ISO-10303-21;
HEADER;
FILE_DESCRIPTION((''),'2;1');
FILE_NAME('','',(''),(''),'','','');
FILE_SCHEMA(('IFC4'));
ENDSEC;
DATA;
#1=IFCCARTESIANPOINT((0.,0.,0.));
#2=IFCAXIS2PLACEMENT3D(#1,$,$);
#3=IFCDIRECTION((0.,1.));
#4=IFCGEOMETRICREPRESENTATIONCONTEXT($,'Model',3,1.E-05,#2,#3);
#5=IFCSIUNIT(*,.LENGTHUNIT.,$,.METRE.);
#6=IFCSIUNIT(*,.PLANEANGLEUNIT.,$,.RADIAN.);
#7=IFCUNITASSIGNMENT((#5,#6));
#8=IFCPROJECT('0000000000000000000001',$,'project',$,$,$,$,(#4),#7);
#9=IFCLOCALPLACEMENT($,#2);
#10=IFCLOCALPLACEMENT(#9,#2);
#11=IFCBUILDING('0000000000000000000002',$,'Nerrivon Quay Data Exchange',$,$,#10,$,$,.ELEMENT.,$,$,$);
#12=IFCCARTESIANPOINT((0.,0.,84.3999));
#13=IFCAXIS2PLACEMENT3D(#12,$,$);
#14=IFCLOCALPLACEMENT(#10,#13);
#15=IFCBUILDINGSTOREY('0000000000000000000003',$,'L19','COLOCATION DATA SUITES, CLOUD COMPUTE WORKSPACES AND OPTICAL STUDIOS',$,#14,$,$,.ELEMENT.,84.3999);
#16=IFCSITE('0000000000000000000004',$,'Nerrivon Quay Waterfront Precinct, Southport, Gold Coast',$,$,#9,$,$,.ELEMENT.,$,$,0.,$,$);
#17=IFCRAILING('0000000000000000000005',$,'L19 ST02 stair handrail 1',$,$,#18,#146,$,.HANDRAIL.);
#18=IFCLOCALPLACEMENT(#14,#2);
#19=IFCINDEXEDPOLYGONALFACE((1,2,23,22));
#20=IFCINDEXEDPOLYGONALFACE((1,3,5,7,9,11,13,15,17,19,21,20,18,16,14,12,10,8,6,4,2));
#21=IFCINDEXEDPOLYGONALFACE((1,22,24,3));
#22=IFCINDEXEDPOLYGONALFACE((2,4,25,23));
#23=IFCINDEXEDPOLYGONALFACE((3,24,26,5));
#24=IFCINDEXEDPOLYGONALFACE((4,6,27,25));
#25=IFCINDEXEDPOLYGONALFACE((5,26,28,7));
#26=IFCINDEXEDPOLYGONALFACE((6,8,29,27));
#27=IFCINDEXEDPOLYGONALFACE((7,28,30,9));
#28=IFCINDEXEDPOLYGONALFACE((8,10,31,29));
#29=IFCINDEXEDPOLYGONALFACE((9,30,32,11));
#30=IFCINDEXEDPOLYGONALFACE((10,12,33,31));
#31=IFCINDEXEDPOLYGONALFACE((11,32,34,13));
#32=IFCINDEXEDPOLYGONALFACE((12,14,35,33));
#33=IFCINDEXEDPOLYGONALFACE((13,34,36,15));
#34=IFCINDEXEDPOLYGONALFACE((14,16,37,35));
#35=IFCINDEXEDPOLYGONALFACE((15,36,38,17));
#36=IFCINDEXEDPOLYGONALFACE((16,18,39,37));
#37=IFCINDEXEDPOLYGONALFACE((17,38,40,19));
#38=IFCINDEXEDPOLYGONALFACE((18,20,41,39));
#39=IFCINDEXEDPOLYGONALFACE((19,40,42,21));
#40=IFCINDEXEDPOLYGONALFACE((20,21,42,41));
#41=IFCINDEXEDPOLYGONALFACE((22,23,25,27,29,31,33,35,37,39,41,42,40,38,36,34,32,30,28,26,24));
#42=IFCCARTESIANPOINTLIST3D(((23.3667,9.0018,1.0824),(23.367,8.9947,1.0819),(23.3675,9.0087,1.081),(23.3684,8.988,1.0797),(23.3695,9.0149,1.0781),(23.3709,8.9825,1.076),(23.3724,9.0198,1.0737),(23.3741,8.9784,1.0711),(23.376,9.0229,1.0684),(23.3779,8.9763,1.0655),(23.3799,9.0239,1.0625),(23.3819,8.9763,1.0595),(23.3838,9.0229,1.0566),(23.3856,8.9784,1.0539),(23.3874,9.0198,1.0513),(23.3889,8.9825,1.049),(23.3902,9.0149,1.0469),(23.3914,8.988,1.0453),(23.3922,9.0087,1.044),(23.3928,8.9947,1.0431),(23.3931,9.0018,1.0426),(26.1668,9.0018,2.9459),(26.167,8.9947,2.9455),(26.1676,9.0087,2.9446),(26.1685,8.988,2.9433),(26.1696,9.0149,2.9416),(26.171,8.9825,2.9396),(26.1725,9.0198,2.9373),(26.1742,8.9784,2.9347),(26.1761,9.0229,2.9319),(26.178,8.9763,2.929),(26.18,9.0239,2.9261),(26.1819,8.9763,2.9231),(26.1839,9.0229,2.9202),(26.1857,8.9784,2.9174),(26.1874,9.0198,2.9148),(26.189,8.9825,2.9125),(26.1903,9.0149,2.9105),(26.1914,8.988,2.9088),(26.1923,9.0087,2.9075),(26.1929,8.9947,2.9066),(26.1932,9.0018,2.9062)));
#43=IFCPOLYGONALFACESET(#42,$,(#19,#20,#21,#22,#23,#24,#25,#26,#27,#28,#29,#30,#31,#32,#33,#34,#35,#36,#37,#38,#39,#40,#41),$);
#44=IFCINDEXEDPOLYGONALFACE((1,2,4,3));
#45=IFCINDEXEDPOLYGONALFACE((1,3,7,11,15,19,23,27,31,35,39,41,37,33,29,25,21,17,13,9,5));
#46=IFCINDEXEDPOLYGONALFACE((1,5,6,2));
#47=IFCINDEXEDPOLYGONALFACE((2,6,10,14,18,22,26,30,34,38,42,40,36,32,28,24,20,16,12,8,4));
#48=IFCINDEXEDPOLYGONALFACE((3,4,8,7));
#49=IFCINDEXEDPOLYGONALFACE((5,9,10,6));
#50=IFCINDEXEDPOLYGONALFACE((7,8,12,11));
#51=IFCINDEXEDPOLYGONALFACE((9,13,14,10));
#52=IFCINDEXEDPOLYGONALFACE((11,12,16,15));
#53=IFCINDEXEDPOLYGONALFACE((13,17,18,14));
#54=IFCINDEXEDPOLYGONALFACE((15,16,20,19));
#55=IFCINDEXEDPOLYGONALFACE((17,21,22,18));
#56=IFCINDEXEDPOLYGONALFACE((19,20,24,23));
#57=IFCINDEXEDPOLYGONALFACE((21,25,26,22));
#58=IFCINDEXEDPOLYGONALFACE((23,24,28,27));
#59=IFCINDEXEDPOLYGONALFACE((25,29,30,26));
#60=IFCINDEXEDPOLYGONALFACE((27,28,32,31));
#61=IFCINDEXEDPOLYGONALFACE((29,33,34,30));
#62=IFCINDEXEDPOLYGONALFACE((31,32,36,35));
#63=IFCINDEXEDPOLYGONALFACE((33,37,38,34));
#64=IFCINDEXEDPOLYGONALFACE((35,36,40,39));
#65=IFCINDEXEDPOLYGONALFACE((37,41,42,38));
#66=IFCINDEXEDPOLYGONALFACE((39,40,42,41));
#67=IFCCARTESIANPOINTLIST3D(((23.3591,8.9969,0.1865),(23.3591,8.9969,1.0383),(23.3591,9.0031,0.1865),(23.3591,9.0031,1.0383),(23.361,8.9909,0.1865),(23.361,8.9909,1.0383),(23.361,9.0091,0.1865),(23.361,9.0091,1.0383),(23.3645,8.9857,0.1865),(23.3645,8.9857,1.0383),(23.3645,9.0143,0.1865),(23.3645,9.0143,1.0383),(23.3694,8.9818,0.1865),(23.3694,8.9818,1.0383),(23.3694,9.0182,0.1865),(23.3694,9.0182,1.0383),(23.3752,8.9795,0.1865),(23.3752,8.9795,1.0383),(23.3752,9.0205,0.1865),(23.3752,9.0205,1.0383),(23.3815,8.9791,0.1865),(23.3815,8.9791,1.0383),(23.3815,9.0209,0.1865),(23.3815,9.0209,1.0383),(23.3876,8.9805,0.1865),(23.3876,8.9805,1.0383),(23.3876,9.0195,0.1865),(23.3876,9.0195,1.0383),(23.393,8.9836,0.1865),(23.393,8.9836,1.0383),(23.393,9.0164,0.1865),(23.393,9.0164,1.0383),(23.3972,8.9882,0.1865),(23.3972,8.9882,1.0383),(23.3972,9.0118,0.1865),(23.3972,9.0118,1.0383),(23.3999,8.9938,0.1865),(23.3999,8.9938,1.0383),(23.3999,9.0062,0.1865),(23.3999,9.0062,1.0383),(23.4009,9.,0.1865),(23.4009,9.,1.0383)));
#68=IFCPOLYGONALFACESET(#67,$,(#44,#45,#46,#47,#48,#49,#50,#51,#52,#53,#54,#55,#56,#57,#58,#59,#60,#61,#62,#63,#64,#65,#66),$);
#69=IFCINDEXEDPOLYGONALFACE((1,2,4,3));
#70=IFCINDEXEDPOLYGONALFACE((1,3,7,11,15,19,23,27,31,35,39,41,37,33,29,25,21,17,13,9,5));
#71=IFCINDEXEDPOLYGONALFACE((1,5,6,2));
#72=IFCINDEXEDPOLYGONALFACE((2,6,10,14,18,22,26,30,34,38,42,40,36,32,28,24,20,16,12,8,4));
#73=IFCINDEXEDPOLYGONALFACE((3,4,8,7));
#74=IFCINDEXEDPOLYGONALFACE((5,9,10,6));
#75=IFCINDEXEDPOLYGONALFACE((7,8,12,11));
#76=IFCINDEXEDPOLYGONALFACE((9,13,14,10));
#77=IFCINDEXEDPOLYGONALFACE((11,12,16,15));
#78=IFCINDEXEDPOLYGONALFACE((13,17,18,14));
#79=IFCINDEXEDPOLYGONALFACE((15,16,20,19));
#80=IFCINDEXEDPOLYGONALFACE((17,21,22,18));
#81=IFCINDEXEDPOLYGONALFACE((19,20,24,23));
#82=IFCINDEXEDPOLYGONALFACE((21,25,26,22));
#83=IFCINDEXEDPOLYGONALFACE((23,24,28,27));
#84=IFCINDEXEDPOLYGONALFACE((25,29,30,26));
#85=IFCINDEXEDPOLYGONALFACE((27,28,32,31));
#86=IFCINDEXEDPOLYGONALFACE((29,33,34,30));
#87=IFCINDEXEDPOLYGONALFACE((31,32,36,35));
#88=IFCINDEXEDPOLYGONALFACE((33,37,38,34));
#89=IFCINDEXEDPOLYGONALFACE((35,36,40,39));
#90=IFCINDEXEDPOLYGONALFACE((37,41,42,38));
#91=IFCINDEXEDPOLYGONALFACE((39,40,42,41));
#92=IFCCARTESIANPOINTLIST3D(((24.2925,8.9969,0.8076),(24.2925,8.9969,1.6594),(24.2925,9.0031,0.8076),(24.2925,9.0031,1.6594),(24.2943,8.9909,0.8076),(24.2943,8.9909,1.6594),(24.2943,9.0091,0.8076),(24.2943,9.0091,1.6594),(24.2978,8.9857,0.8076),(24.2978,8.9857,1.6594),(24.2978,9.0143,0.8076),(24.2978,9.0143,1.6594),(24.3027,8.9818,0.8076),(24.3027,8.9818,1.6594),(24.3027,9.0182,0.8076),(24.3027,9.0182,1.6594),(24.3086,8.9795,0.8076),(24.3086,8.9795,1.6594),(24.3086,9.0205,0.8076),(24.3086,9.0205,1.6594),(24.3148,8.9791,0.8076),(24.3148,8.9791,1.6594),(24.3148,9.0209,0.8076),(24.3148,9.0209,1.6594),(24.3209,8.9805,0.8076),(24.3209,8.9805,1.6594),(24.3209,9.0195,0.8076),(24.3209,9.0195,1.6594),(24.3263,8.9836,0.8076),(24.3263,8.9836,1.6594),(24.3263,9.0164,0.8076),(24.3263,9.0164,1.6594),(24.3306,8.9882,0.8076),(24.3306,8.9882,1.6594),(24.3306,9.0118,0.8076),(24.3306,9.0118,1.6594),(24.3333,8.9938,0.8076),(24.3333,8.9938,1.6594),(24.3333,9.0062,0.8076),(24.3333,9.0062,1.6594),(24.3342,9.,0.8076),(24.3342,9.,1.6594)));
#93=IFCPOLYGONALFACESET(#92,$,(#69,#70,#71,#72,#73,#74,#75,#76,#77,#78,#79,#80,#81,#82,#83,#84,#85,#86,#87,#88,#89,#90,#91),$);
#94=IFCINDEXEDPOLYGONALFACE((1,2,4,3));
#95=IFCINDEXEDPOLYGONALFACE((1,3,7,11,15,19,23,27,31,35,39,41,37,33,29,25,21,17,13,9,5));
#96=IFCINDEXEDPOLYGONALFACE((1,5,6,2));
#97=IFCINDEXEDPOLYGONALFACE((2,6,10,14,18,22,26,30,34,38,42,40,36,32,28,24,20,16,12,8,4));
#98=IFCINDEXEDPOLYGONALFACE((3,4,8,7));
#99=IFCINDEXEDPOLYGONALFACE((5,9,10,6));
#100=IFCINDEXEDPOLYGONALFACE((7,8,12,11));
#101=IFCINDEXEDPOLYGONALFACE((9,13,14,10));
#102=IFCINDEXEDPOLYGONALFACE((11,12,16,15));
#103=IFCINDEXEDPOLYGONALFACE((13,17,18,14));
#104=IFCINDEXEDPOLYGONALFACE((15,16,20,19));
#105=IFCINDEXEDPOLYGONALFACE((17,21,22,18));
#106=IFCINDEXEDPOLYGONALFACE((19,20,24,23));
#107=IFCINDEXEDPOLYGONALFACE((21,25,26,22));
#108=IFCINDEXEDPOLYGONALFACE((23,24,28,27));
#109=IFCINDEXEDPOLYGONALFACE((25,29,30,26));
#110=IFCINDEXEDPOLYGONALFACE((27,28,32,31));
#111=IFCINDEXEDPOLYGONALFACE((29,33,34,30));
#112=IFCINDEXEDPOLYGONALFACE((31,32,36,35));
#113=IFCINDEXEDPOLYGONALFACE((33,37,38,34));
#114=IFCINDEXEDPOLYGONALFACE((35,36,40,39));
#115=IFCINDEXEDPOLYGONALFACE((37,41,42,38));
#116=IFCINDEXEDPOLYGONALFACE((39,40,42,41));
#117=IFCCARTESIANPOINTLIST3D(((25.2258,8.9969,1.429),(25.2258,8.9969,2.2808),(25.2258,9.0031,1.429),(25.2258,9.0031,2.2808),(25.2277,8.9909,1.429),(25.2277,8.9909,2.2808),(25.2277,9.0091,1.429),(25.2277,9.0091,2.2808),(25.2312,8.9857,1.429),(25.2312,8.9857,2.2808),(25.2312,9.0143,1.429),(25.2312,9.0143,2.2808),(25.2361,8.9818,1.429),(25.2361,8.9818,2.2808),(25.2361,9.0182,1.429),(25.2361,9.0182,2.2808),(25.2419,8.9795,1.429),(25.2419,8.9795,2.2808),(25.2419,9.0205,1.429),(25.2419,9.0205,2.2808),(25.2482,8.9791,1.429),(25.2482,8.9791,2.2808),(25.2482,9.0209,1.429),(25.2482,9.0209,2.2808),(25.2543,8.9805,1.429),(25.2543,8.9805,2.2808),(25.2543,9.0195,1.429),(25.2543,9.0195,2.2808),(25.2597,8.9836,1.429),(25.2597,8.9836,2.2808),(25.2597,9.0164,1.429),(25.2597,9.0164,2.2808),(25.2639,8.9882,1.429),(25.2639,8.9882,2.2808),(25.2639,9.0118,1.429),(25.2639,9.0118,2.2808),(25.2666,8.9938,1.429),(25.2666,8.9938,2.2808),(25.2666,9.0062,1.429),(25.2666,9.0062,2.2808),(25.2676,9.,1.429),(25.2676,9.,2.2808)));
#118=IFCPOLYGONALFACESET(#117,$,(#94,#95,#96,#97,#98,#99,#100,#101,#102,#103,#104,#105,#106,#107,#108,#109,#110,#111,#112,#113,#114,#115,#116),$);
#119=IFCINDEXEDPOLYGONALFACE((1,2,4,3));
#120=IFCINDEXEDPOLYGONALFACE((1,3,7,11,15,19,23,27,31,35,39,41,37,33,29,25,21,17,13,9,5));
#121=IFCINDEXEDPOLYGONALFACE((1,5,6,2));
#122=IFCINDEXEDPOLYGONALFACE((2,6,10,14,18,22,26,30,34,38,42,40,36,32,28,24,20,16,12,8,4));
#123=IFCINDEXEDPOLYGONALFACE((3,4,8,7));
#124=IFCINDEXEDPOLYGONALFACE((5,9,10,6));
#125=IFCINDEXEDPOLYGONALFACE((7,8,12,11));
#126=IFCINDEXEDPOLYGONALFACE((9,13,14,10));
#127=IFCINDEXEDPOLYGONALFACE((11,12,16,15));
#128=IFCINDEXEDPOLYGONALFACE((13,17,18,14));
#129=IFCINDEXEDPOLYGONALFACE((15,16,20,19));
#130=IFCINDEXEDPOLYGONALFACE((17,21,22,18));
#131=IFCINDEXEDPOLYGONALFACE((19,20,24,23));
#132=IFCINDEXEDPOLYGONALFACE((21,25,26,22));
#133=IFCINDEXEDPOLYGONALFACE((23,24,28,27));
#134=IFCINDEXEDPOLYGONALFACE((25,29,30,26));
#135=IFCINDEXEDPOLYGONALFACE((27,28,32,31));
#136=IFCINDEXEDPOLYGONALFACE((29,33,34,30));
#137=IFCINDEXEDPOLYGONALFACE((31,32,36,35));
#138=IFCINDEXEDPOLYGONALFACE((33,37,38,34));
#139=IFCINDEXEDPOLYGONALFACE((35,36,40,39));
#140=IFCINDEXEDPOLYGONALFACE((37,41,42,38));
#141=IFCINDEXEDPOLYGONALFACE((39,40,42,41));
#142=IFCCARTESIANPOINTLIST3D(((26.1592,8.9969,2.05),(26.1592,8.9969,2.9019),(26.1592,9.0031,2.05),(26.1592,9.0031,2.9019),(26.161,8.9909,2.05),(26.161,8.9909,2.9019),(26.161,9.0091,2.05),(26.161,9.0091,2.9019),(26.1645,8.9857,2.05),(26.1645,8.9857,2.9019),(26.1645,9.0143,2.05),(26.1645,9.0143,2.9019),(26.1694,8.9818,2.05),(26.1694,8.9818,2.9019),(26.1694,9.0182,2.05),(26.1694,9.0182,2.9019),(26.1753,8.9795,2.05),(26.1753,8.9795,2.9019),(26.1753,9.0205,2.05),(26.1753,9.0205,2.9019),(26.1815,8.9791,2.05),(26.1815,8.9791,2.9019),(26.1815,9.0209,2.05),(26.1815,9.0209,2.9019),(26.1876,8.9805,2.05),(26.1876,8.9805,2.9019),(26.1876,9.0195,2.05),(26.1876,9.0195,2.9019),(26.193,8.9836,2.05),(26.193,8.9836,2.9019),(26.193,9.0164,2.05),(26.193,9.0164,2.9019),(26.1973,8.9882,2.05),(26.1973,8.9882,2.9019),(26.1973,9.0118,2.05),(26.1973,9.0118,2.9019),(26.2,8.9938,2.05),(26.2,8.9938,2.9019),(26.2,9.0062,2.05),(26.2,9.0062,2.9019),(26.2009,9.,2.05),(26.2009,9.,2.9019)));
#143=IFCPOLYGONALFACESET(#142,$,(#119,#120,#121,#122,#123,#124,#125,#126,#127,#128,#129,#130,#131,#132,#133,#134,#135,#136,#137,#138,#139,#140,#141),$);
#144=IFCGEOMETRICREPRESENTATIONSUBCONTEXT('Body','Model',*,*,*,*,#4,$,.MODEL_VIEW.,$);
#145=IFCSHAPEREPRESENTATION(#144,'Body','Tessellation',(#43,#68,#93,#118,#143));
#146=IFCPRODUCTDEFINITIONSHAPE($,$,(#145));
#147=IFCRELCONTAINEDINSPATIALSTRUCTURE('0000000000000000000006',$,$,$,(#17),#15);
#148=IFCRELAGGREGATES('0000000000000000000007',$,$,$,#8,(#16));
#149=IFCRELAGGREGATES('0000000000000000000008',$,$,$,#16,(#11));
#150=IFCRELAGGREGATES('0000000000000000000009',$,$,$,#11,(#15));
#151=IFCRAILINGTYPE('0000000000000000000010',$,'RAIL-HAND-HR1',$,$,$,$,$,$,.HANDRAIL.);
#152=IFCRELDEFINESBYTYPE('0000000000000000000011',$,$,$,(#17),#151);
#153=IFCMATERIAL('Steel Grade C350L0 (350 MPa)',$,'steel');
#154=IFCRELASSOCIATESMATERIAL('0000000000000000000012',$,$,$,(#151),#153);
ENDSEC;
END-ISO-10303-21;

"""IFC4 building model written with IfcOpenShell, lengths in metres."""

from ifc_helpers import new_model, si_unit, direction, frame, origin, origin_2d, place, context, subcontext, project, spatial, circle, extrude, material, type_object, element, save


model = new_model("IFC4")

# Units and contexts
model_context = context("Model", 3, precision=1e-05, world=origin(), true_north=direction((0.0, 1.0)))
body_context = subcontext(model_context, "Body", "Model", "MODEL_VIEW")
ifc_project = project(units=[si_unit("LENGTHUNIT", "METRE"), si_unit("PLANEANGLEUNIT", "RADIAN")], contexts=[model_context])

# Site, building, storey
site_placement = place(None, origin())
site = spatial("IfcSite", under=ifc_project, at=site_placement, Name="Nerrivon Quay Waterfront Precinct, Southport, Gold Coast", CompositionType="ELEMENT", RefElevation=0.0)
building_placement = place(site_placement, origin())
building = spatial("IfcBuilding", under=site, at=building_placement, Name="Nerrivon Quay Data Exchange", CompositionType="ELEMENT")
storey_placement = place(building_placement, frame((0.0, 0.0, 84.3999)))
storey = spatial("IfcBuildingStorey", under=building, at=storey_placement, Name="L19", Description="COLOCATION DATA SUITES, CLOUD COMPUTE WORKSPACES AND OPTICAL STUDIOS", CompositionType="ELEMENT", Elevation=84.3999)

# Railing
ifc_material_1 = material(Name="Steel Grade C350L0 (350 MPa)", Category="steel")
railing_type_1 = type_object("IfcRailingType", Name="RAIL-HAND-HR1", PredefinedType="HANDRAIL", material=ifc_material_1)
railing_1_placement = place(storey_placement, frame((23.3799, 9.0, 0.1865)))
element("IfcRailing", 1, at=railing_1_placement, inside=storey, type_object=railing_type_1, Name="L19 ST02 stair handrail 1", PredefinedType="HANDRAIL", context=body_context, shape_type="SweptSolid", body=[
    extrude(circle(Radius=0.0239, at=origin_2d()), frame((0.0, 0.0, 0.876), z_axis=(0.832486, 0.0, 0.554047), x_axis=(0.0, 1.0, 0.0)), (0.0, 0.0, 1.0), 3.3635),
    extrude(circle(Radius=0.021, at=origin_2d()), origin(), (0.0, 0.0, 1.0), 0.8518),
    extrude(circle(Radius=0.021, at=origin_2d()), frame((0.9333, 0.0, 0.6211)), (0.0, 0.0, 1.0), 0.8518),
    extrude(circle(Radius=0.021, at=origin_2d()), frame((1.8667, 0.0, 1.2424)), (0.0, 0.0, 1.0), 0.8518),
    extrude(circle(Radius=0.021, at=origin_2d()), frame((2.8, 0.0, 1.8635)), (0.0, 0.0, 1.0), 0.8518),
])

save(model, "model.ifc")
